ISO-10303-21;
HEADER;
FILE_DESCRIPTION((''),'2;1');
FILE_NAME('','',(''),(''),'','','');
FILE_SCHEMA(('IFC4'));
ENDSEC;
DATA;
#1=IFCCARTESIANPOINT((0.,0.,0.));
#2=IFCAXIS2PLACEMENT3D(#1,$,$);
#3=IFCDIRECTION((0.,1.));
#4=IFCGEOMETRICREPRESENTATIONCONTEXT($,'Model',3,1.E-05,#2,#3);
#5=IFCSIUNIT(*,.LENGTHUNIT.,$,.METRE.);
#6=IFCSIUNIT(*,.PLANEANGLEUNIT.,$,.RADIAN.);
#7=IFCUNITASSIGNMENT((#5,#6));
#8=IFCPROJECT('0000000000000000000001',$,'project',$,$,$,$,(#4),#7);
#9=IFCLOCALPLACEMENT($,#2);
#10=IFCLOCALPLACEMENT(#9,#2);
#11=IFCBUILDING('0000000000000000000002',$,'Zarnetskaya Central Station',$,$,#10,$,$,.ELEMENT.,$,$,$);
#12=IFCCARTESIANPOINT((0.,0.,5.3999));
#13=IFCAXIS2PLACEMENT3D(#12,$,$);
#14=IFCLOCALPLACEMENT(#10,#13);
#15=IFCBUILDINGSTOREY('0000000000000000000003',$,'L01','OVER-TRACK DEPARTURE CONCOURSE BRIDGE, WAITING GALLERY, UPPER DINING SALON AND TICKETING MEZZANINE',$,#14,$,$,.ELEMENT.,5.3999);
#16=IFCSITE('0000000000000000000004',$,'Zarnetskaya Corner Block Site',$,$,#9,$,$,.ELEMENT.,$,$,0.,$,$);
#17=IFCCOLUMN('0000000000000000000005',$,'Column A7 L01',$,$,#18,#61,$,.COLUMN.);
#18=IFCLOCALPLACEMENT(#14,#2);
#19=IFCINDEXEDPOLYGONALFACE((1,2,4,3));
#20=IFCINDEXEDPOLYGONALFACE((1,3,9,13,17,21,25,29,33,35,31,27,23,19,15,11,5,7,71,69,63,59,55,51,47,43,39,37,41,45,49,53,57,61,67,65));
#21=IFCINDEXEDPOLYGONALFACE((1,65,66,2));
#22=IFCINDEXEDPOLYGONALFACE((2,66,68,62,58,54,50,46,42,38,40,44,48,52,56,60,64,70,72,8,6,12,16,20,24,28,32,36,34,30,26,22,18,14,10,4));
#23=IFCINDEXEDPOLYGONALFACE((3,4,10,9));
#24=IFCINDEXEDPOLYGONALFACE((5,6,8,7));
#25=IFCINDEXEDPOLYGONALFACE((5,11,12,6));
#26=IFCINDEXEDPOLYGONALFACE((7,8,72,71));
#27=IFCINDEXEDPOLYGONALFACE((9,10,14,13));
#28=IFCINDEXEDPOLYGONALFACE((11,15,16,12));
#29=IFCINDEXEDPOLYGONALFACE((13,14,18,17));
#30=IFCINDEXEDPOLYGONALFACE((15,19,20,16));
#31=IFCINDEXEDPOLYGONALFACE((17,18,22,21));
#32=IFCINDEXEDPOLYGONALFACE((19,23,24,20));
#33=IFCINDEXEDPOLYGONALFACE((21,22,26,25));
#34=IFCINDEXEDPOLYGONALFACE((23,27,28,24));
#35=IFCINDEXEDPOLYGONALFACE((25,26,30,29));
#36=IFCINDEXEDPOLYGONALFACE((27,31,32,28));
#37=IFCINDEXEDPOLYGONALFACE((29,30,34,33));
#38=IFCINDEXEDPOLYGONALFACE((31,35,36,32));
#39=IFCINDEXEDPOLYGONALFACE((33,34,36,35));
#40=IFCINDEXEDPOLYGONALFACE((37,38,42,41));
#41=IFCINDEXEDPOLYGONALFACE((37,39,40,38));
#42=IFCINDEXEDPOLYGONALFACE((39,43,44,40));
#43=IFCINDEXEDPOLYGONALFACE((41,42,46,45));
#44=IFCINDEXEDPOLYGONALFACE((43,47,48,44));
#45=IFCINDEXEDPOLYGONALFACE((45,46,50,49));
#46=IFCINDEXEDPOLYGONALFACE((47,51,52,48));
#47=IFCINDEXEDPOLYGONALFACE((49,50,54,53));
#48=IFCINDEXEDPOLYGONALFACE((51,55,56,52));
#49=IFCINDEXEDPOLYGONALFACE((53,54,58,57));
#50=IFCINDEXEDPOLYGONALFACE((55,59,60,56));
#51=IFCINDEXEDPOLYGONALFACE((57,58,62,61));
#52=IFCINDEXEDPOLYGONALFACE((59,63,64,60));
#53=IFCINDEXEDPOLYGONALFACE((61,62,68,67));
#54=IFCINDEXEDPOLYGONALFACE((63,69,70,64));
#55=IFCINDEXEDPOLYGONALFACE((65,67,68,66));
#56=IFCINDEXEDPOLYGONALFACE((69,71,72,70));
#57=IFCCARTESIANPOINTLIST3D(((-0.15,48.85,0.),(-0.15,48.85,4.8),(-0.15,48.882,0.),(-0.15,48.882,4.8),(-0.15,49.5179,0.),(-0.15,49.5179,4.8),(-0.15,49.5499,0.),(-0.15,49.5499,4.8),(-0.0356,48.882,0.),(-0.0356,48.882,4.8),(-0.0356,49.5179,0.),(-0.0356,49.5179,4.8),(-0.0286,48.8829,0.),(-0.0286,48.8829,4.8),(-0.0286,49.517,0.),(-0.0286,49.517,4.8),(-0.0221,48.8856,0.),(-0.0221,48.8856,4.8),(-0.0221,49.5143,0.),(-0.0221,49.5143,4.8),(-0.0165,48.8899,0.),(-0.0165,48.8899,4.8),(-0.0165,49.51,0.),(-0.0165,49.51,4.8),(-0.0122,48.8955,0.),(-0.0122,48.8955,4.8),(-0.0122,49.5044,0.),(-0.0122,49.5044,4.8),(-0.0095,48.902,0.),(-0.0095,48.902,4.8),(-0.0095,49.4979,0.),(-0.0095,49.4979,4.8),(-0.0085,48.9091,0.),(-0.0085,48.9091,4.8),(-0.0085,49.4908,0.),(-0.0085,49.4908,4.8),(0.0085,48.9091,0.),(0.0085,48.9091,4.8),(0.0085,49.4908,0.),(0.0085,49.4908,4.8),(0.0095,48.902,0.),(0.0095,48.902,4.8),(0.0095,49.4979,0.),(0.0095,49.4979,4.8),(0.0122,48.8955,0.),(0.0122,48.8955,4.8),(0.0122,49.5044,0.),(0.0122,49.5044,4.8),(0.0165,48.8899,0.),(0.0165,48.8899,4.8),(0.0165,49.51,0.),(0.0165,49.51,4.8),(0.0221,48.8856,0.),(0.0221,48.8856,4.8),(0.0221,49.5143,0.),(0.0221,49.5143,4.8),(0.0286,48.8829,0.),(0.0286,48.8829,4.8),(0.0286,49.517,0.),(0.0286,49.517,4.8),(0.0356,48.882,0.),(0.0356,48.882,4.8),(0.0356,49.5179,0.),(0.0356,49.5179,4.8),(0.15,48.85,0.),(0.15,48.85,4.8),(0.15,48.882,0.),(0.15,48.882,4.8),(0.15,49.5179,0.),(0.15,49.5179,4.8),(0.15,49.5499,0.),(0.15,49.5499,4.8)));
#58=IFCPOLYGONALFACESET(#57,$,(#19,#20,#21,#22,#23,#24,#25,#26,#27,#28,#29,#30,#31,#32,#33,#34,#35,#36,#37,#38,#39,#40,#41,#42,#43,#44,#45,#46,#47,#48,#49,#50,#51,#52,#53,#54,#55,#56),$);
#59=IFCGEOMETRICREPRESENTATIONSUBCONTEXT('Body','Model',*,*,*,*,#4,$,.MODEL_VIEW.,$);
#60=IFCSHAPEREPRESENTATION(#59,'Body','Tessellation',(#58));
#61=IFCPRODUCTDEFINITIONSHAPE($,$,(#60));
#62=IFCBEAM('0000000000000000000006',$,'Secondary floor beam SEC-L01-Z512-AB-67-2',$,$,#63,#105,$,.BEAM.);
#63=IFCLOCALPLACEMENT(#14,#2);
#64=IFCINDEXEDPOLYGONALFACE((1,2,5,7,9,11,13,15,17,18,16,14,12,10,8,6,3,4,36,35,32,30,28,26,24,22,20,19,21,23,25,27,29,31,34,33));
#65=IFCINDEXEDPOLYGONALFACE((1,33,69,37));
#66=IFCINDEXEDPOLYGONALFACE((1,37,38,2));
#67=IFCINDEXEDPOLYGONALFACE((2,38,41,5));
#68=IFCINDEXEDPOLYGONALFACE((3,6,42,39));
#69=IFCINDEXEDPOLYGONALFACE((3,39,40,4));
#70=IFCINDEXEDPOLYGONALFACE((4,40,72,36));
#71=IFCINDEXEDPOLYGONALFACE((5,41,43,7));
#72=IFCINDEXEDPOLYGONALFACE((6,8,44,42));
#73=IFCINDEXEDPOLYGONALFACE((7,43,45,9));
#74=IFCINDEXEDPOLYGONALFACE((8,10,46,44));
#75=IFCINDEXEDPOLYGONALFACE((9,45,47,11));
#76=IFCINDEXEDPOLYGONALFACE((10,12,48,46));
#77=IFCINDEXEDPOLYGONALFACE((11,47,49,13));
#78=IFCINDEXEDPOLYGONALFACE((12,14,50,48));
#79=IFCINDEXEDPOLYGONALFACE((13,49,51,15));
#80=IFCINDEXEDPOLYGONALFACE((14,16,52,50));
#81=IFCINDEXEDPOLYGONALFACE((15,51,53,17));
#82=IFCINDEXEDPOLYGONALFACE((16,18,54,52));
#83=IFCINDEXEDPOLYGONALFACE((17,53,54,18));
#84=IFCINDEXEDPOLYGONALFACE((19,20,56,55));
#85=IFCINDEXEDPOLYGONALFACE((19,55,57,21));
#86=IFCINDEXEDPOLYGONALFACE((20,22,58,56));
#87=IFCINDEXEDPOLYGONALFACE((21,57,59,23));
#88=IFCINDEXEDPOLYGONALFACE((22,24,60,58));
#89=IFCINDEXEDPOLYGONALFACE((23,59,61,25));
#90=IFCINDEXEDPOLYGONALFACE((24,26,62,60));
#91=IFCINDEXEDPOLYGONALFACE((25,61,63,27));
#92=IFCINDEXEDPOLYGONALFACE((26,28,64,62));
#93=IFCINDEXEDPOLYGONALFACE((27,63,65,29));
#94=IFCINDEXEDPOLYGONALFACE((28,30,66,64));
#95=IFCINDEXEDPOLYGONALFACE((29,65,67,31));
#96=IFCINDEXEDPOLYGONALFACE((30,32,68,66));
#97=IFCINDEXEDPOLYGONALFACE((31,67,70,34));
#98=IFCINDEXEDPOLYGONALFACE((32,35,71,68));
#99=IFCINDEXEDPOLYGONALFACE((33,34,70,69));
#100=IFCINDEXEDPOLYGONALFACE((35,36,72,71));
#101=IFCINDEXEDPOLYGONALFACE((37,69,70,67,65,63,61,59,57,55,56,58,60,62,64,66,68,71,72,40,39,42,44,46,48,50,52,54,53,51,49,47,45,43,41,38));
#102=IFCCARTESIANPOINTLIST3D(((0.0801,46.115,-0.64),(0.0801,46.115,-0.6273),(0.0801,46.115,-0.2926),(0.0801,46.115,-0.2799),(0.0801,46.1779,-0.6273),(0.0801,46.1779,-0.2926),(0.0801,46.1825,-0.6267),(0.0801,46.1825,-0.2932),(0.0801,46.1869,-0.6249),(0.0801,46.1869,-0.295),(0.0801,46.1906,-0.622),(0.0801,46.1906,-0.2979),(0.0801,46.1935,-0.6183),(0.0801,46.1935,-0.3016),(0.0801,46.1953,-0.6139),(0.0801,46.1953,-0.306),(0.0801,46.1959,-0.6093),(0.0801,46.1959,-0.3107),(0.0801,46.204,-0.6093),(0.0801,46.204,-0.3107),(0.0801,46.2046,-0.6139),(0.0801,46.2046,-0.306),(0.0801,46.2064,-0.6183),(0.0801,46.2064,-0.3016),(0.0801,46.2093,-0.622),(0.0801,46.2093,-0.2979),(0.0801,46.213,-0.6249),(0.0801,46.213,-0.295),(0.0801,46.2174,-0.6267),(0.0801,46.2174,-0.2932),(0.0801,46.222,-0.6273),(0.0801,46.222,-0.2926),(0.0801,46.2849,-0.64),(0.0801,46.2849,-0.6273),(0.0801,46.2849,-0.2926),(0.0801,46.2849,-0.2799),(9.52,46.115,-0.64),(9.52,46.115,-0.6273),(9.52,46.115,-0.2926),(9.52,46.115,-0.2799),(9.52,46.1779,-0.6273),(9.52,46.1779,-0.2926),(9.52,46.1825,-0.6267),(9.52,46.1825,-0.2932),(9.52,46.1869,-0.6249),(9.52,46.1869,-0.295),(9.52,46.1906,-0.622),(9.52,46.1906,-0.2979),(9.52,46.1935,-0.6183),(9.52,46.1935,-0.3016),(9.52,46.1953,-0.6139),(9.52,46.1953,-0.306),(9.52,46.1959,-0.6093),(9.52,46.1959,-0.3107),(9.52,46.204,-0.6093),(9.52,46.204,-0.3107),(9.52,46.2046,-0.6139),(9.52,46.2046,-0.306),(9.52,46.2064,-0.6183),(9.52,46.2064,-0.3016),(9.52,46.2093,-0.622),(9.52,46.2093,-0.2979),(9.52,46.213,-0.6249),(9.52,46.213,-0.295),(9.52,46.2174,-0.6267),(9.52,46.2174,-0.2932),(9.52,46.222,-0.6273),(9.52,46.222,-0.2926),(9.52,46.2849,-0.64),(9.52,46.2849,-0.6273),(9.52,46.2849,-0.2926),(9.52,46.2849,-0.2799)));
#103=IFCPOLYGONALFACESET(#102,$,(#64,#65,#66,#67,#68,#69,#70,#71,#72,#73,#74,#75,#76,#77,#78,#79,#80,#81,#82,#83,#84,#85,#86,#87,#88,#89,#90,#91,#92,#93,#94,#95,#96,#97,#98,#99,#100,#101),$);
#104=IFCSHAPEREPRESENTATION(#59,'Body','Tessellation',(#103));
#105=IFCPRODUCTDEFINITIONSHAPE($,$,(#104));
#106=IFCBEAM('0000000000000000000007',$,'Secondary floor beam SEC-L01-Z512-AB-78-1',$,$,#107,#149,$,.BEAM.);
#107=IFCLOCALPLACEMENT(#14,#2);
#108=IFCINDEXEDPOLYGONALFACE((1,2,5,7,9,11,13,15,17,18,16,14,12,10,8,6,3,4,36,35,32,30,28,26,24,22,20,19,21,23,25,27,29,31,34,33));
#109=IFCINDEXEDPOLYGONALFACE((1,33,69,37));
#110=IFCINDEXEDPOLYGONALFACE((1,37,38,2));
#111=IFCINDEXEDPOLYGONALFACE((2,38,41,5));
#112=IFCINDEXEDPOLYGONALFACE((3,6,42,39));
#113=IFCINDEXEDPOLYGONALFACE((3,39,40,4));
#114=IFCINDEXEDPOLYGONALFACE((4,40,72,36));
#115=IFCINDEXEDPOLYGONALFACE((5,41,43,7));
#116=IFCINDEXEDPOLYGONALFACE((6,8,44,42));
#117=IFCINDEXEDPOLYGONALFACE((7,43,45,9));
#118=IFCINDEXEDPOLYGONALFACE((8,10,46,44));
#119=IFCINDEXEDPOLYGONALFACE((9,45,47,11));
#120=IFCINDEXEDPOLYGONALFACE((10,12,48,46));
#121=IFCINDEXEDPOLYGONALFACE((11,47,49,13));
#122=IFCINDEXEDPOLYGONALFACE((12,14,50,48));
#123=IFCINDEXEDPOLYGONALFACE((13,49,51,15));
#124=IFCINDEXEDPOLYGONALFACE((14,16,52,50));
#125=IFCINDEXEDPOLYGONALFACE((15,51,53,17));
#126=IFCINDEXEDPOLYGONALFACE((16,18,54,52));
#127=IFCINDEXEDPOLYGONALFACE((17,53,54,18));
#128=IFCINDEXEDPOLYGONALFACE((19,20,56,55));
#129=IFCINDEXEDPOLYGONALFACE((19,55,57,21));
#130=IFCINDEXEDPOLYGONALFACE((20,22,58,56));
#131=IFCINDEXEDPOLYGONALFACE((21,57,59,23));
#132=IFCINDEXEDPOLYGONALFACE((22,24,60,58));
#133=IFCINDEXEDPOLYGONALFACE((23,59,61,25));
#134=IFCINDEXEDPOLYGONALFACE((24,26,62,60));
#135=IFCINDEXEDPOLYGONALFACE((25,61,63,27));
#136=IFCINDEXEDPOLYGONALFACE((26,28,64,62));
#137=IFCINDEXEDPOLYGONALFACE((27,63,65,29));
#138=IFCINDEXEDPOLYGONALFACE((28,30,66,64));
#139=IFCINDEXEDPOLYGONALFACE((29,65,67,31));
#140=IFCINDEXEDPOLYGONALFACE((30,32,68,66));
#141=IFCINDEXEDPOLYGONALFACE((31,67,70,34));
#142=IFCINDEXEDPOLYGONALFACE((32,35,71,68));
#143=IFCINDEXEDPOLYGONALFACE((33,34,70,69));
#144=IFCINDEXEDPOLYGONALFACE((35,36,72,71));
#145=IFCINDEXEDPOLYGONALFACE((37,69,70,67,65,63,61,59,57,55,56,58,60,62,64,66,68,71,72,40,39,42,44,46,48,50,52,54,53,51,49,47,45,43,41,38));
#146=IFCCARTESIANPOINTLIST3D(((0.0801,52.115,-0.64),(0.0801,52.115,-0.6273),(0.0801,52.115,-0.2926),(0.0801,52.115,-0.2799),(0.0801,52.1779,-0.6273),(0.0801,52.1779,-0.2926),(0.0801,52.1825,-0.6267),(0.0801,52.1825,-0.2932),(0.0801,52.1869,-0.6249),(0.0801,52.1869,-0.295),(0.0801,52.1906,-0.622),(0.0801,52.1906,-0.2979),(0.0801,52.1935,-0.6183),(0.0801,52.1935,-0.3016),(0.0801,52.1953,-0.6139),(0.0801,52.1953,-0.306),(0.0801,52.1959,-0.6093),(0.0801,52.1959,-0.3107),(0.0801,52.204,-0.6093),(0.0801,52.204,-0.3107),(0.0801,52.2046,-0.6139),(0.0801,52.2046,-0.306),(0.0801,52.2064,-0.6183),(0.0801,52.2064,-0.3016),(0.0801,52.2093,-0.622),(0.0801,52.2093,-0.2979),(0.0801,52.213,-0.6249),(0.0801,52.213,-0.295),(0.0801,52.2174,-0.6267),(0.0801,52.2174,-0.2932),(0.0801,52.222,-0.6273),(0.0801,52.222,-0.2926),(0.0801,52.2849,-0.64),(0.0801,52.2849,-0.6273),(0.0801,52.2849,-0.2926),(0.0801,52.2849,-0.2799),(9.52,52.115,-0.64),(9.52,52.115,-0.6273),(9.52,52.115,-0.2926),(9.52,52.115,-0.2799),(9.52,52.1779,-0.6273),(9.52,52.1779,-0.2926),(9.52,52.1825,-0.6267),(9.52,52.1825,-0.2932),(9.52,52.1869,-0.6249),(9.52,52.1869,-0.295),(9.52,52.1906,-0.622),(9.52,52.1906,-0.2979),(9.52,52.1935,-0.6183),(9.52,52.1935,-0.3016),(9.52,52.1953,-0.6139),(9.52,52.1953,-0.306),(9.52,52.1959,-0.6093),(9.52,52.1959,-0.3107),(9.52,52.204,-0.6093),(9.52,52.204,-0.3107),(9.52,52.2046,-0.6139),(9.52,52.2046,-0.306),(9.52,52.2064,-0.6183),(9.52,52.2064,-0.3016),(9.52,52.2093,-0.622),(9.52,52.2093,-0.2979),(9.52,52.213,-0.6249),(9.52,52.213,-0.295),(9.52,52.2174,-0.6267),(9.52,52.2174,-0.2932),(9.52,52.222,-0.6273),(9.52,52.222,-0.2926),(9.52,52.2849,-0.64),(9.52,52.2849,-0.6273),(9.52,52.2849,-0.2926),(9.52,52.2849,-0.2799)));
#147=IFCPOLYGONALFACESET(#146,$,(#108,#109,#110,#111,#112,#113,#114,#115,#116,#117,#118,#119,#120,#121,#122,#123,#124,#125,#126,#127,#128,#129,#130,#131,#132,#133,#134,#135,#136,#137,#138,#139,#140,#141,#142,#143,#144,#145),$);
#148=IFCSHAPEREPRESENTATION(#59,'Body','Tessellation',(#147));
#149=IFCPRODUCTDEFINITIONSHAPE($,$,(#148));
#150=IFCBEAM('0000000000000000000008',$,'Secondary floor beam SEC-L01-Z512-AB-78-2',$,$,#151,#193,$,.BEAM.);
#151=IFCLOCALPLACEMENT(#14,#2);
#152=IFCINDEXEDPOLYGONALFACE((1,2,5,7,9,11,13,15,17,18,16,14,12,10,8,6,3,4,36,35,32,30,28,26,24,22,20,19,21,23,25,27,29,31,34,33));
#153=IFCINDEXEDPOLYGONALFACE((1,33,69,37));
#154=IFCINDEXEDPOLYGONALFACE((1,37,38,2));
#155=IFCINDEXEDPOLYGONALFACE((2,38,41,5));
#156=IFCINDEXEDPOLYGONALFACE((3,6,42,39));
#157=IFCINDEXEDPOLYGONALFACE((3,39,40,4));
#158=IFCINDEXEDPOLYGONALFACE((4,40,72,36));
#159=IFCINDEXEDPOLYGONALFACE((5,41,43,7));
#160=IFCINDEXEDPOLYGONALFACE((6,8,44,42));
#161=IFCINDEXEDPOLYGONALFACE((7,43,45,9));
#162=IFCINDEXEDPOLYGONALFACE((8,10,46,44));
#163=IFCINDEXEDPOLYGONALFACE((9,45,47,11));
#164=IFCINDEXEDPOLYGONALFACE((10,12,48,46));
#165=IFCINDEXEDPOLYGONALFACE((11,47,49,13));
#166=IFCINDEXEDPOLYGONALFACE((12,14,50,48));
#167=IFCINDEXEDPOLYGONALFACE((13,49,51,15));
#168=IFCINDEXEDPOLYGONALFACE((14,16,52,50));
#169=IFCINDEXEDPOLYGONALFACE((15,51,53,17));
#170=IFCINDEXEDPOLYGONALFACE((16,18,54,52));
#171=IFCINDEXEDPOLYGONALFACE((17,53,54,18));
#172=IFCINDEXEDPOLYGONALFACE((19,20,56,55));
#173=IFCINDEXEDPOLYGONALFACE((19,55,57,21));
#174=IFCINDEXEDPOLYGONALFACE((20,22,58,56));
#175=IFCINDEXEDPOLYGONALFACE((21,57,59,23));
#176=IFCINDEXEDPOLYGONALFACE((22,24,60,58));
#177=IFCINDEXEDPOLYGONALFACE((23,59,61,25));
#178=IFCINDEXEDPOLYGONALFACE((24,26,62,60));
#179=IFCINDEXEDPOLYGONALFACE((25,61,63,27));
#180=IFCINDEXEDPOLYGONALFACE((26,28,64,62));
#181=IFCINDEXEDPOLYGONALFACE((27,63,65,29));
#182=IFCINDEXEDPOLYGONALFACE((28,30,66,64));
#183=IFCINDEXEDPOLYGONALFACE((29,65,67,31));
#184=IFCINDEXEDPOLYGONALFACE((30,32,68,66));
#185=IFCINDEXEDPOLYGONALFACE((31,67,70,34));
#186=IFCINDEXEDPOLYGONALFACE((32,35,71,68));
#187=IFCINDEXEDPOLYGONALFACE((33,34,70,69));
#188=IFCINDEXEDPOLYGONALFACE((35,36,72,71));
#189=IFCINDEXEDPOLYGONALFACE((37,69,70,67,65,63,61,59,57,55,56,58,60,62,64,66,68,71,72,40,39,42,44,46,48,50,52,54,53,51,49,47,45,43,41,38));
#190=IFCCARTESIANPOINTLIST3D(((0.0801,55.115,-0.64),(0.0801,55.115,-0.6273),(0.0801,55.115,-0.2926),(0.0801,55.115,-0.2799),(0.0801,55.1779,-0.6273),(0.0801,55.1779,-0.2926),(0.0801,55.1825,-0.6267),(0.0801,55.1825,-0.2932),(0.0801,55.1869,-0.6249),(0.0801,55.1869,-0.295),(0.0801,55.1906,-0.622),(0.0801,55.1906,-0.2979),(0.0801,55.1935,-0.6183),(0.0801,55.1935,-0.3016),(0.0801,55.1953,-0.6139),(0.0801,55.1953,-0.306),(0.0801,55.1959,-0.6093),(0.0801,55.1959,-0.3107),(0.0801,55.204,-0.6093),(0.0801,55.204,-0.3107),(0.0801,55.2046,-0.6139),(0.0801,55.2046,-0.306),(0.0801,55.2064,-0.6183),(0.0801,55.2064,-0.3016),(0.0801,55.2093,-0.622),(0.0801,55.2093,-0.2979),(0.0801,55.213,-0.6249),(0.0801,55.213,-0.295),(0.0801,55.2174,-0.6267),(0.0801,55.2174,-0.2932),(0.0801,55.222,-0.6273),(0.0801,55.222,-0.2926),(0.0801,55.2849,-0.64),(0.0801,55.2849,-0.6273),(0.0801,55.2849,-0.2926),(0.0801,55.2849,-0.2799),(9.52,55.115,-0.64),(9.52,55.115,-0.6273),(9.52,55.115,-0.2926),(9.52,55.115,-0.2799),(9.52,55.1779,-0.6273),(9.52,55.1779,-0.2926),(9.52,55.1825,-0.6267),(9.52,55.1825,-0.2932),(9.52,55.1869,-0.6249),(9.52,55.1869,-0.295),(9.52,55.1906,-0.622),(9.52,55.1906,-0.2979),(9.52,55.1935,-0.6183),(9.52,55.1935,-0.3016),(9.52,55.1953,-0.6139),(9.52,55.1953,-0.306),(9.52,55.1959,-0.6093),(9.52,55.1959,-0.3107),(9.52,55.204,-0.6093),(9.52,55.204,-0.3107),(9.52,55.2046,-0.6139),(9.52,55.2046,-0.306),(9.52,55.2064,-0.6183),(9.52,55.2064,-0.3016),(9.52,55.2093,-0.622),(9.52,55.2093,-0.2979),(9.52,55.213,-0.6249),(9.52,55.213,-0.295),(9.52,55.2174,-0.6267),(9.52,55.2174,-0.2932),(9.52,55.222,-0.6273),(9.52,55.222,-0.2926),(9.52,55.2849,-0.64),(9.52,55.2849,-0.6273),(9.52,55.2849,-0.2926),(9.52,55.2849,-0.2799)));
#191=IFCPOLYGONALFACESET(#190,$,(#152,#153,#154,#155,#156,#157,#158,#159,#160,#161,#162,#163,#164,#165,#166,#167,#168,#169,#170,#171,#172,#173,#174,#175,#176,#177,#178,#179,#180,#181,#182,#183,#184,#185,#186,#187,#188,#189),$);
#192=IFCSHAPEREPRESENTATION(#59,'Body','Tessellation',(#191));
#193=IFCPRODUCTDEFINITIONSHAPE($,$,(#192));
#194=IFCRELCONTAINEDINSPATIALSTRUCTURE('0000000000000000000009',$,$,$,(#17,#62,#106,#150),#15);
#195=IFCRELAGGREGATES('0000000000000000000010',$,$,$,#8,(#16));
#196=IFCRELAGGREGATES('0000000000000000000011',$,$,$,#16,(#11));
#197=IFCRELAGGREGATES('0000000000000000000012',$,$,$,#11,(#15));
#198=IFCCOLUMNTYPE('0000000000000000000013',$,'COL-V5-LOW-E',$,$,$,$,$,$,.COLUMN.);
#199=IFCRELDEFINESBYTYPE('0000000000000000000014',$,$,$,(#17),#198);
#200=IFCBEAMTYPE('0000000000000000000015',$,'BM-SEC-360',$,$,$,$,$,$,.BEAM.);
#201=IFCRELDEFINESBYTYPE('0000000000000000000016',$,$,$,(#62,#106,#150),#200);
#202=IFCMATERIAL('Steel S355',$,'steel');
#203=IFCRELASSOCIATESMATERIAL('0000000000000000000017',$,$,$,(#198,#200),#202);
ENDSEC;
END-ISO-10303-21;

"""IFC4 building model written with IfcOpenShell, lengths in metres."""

from ifc_helpers import new_model, si_unit, direction, frame, origin, origin_2d, place, context, subcontext, project, spatial, i_section, extrude, material, material_profile, profile_set, type_object, element, save


model = new_model("IFC4")

# Units and contexts
model_context = context("Model", 3, precision=1e-05, world=origin(), true_north=direction((0.0, 1.0)))
body_context = subcontext(model_context, "Body", "Model", "MODEL_VIEW")
ifc_project = project(units=[si_unit("LENGTHUNIT", "METRE"), si_unit("PLANEANGLEUNIT", "RADIAN")], contexts=[model_context])

# Site, building, storey
site_placement = place(None, origin())
site = spatial("IfcSite", under=ifc_project, at=site_placement, Name="Zarnetskaya Corner Block Site", CompositionType="ELEMENT", RefElevation=0.0)
building_placement = place(site_placement, origin())
building = spatial("IfcBuilding", under=site, at=building_placement, Name="Zarnetskaya Central Station", CompositionType="ELEMENT")
storey_placement = place(building_placement, frame((0.0, 0.0, 5.3999)))
storey = spatial("IfcBuildingStorey", under=building, at=storey_placement, Name="L01", Description="OVER-TRACK DEPARTURE CONCOURSE BRIDGE, WAITING GALLERY, UPPER DINING SALON AND TICKETING MEZZANINE", CompositionType="ELEMENT", Elevation=5.3999)

# Column
ifc_material_1 = material(Name="Steel S355", Category="steel")
ifc_material_profile_1 = material_profile(ifc_material_1, i_section(OverallWidth=0.3, OverallDepth=0.7, WebThickness=0.0171, FlangeThickness=0.032, FilletRadius=0.0271, at=origin_2d()), Name="HEB 700")
ifc_profile_set_1 = profile_set([ifc_material_profile_1], Name="Steel S355")
column_type = type_object("IfcColumnType", Name="COL-V5-LOW-E", PredefinedType="COLUMN", material=ifc_profile_set_1)
column_placement = place(storey_placement, frame((0.0, 49.2, 0.0), z_axis=(0.0, 0.0, 1.0), x_axis=(1.0, 0.0, 0.0)))
element("IfcColumn", 1, at=column_placement, inside=storey, type_object=column_type, Name="Column A7 L01", PredefinedType="COLUMN", context=body_context, shape_type="SweptSolid", body=[
    extrude(i_section(OverallWidth=0.3, OverallDepth=0.7, WebThickness=0.0171, FlangeThickness=0.032, FilletRadius=0.0271, at=origin_2d()), origin(), (0.0, 0.0, 1.0), 4.8),
])

# Beams
ifc_material_profile_2 = material_profile(ifc_material_1, i_section(OverallWidth=0.1699, OverallDepth=0.3601, WebThickness=0.0081, FlangeThickness=0.0127, FilletRadius=0.0181, at=origin_2d()), Name="IPE 360")
ifc_profile_set_2 = profile_set([ifc_material_profile_2], Name="Steel S355")
beam_type_1 = type_object("IfcBeamType", Name="BM-SEC-360", PredefinedType="BEAM", material=ifc_profile_set_2)
for number, where, z_axis, x_axis, name in (
    (2, (0.0801, 46.2, -0.46), (1.0, 0.0, 0.0), (0.0, 1.0, 0.0), "Secondary floor beam SEC-L01-Z512-AB-67-2"),
    (3, (0.0801, 52.2, -0.46), (1.0, 0.0, 0.0), (0.0, 1.0, 0.0), "Secondary floor beam SEC-L01-Z512-AB-78-1"),
    (4, (0.0801, 55.2, -0.46), (1.0, 0.0, 0.0), (0.0, 1.0, 0.0), "Secondary floor beam SEC-L01-Z512-AB-78-2"),
):
    element("IfcBeam", number, at=place(storey_placement, frame(where, z_axis=z_axis, x_axis=x_axis)), inside=storey, type_object=beam_type_1, Name=name, PredefinedType="BEAM", context=body_context, shape_type="SweptSolid", body=[
        extrude(i_section(OverallWidth=0.1699, OverallDepth=0.3601, WebThickness=0.0081, FlangeThickness=0.0127, FilletRadius=0.0181, at=origin_2d()), origin(), (0.0, 0.0, 1.0), 9.4399),
    ])

save(model, "model.ifc")
